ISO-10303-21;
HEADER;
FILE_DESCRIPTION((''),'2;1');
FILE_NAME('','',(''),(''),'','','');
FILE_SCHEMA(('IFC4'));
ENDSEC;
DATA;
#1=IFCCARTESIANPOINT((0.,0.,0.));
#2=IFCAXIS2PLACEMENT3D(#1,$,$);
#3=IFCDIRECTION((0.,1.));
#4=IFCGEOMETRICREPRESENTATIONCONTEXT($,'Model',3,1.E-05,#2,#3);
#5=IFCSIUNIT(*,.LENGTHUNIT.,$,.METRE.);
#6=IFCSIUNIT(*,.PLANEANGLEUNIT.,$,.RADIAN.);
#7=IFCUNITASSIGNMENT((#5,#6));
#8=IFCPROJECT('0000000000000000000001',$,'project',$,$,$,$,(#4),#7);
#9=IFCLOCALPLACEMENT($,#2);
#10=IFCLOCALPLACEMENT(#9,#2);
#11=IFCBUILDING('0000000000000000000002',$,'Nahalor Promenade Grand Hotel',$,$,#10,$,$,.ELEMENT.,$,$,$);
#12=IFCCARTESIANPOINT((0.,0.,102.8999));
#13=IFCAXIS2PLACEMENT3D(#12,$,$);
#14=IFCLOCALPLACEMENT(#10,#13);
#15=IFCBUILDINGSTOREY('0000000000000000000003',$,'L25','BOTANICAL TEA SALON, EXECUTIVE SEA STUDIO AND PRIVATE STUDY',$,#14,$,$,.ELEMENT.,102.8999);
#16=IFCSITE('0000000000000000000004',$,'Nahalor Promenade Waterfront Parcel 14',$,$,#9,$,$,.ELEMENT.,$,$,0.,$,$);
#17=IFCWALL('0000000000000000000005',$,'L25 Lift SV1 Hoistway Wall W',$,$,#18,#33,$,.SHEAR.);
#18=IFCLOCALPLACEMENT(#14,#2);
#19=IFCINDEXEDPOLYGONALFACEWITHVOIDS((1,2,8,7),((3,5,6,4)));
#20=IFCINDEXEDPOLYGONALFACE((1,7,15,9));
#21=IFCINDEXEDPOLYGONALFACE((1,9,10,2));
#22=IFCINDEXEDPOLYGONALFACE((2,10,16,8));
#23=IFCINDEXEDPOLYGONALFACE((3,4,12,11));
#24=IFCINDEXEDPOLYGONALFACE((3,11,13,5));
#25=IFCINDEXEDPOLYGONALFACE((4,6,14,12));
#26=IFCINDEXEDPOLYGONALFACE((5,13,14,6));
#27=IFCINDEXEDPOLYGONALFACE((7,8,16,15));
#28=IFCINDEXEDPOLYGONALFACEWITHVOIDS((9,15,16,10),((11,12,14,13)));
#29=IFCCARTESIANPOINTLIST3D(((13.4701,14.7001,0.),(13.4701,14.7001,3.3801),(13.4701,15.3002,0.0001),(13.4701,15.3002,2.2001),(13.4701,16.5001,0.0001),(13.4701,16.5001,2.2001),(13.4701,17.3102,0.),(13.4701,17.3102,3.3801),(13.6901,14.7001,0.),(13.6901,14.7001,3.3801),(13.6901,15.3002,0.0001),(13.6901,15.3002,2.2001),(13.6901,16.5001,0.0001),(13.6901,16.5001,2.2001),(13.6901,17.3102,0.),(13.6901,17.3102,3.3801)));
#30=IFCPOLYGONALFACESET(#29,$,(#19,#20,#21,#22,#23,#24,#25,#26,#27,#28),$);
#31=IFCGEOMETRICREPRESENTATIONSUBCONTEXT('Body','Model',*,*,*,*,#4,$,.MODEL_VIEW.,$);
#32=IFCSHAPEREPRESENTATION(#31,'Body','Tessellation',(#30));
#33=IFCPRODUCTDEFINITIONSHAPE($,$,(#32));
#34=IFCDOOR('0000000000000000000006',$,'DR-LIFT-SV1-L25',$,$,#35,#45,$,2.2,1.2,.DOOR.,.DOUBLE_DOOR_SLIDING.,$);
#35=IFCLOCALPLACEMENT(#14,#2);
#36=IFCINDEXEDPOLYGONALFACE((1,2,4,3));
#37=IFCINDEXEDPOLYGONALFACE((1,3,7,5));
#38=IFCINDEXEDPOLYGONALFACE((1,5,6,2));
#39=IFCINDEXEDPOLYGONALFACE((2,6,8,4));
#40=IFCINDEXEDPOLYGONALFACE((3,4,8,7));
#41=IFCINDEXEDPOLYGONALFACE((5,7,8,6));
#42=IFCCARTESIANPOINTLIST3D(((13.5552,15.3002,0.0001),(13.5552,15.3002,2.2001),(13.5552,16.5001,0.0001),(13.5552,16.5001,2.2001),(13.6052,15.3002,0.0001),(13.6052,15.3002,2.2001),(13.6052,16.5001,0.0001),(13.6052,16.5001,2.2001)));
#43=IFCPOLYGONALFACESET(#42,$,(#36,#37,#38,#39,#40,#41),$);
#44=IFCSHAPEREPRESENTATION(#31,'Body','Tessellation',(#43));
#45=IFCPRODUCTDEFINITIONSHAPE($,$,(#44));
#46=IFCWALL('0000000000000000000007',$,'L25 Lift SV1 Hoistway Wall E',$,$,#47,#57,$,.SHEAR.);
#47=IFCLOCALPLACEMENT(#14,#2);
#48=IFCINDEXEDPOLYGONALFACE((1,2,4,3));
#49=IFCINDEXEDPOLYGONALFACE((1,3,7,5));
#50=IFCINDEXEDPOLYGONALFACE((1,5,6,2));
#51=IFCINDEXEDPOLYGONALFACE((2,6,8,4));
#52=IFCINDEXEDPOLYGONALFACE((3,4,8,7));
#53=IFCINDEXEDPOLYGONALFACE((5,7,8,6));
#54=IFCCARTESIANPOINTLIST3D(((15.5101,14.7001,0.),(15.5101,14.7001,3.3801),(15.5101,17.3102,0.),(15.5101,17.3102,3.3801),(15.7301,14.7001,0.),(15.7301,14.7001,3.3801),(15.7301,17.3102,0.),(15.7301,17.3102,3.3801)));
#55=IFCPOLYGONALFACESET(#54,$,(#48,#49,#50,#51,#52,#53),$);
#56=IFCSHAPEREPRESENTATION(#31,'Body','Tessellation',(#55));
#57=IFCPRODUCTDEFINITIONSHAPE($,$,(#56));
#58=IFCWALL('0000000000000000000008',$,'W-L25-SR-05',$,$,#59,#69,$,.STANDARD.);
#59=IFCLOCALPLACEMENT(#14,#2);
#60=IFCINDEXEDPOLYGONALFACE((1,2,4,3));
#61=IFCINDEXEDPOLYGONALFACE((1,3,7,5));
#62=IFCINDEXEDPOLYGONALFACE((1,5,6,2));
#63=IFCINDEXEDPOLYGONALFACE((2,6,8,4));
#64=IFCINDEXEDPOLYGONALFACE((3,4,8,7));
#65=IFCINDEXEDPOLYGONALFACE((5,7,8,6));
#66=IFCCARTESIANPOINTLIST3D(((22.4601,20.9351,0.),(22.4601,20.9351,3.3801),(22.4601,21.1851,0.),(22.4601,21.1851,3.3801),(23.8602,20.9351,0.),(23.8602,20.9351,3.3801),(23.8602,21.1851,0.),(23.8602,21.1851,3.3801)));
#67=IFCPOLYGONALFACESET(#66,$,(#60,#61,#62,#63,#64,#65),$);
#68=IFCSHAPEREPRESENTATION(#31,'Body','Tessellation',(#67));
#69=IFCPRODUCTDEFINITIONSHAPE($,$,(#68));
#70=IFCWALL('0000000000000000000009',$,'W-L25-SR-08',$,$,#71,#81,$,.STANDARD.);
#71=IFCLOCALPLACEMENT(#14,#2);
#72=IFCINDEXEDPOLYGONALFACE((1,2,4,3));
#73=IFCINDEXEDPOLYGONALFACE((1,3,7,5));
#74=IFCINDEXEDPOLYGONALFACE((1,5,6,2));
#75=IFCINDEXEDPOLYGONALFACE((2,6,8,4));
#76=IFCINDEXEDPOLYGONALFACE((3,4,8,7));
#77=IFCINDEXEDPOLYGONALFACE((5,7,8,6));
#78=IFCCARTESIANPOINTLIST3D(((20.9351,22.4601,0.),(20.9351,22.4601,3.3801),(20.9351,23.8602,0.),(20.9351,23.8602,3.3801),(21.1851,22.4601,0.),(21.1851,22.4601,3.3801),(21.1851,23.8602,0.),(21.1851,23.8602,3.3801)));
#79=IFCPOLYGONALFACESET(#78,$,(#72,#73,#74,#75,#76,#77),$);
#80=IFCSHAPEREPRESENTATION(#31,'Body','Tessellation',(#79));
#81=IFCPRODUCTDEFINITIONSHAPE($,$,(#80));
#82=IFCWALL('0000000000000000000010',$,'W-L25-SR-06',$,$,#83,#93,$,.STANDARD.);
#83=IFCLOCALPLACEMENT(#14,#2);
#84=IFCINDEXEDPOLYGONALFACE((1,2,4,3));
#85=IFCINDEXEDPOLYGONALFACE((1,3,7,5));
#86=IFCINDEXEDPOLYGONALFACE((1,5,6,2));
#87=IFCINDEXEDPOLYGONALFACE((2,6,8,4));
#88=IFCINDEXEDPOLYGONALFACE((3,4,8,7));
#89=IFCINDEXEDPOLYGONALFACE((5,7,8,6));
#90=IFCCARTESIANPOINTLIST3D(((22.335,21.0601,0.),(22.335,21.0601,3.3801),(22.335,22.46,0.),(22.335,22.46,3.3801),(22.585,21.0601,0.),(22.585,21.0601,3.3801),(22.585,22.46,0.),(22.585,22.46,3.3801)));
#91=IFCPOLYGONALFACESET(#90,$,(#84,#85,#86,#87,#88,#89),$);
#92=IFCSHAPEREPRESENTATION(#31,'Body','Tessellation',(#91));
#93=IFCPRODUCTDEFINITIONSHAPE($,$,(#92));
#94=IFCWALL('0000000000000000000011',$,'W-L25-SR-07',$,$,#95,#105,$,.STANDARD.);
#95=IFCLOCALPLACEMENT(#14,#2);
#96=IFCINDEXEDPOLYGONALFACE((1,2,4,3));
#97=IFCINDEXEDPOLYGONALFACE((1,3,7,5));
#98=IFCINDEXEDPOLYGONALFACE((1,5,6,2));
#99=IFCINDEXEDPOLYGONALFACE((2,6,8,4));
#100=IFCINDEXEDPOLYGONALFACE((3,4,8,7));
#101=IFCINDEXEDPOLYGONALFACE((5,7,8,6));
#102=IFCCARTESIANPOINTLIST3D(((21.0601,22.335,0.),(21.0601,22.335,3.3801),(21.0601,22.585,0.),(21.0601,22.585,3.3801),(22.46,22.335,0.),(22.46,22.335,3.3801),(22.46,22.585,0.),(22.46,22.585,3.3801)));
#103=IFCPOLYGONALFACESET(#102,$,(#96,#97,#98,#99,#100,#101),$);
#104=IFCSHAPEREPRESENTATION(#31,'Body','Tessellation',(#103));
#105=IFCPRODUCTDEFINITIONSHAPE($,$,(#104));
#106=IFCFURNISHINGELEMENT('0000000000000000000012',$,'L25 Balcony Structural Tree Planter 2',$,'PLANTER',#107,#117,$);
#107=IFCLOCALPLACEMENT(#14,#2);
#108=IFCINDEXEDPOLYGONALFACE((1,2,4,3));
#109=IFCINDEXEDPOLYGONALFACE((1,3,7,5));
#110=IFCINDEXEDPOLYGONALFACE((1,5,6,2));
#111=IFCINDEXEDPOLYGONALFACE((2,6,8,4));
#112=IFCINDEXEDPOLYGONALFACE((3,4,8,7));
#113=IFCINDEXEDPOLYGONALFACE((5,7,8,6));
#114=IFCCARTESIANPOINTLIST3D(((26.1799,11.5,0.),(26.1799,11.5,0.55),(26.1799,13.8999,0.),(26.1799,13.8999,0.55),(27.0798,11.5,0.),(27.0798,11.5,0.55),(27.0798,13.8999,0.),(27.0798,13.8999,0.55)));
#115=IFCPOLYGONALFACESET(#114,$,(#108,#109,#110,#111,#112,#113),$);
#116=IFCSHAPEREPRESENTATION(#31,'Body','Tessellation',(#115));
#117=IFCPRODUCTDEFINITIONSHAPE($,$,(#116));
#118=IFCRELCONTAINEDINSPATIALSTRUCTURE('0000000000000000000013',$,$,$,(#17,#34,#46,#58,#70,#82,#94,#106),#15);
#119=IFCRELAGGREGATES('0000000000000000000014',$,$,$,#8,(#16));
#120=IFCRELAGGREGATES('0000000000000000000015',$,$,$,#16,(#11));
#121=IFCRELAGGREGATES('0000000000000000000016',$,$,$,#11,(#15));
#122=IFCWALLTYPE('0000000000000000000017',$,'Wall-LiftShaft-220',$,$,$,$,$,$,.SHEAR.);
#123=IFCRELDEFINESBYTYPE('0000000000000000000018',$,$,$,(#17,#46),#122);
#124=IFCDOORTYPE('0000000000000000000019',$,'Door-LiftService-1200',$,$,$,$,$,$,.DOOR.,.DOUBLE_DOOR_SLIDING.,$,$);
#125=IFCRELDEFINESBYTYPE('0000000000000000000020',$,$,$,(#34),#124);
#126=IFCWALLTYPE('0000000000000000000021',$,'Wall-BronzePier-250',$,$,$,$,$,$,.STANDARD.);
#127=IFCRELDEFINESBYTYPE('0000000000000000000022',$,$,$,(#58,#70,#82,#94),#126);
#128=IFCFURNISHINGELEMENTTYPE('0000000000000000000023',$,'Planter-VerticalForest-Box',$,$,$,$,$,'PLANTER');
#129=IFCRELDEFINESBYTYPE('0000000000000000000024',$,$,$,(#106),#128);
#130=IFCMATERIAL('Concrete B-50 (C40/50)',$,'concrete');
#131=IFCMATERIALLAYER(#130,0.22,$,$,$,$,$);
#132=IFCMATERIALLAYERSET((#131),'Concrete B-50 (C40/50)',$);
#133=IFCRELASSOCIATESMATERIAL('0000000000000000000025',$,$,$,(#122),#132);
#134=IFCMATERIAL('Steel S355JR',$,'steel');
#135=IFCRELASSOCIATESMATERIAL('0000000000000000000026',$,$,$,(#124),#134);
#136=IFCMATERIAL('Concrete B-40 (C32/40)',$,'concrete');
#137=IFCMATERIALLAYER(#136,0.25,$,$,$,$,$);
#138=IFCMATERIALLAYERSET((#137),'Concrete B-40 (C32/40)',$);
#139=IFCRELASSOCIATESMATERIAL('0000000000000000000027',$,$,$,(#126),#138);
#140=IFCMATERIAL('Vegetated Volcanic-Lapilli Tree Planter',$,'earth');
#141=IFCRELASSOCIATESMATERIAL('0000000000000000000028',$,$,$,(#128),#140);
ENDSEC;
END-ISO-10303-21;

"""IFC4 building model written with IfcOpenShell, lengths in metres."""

from ifc_helpers import new_model, si_unit, direction, frame, frame_2d, origin, origin_2d, place, context, subcontext, project, spatial, rectangle, extrude, source, transform, mapped, material, layer, layer_set, type_object, element, fill, save


model = new_model("IFC4")

# Units and contexts
model_context = context("Model", 3, precision=1e-05, world=origin(), true_north=direction((0.0, 1.0)))
body_context = subcontext(model_context, "Body", "Model", "MODEL_VIEW")
ifc_project = project(units=[si_unit("LENGTHUNIT", "METRE"), si_unit("PLANEANGLEUNIT", "RADIAN")], contexts=[model_context])

# Site, building, storey
site_placement = place(None, origin())
site = spatial("IfcSite", under=ifc_project, at=site_placement, Name="Nahalor Promenade Waterfront Parcel 14", CompositionType="ELEMENT", RefElevation=0.0)
building_placement = place(site_placement, origin())
building = spatial("IfcBuilding", under=site, at=building_placement, Name="Nahalor Promenade Grand Hotel", CompositionType="ELEMENT")
storey_placement = place(building_placement, frame((0.0, 0.0, 102.8999)))
storey = spatial("IfcBuildingStorey", under=building, at=storey_placement, Name="L25", Description="BOTANICAL TEA SALON, EXECUTIVE SEA STUDIO AND PRIVATE STUDY", CompositionType="ELEMENT", Elevation=102.8999)

# Shared definitions
ifc_material_1 = material(Name="Steel S355JR", Category="steel")

# Shared definitions
ifc_material_2 = material(Name="Concrete B-50 (C40/50)", Category="concrete")
ifc_layer_1 = layer(ifc_material_2, 0.22)
ifc_layer_set_1 = layer_set([ifc_layer_1], Name="Concrete B-50 (C40/50)")
wall_type_1 = type_object("IfcWallType", Name="Wall-LiftShaft-220", PredefinedType="SHEAR", material=ifc_layer_set_1)

# Wall, opening, door
shared_shape_1 = source(origin(), body_context, "Body", "SweptSolid", [
    extrude(rectangle(XDim=2.6101, YDim=0.22, at=frame_2d((1.3052, 0.0))), origin(), (0.0, 0.0, 1.0), 3.3801),
])
wall_1_placement = place(storey_placement, frame((13.5801, 14.7, 0.0), z_axis=(0.0, 0.0, 1.0), x_axis=(0.0, 1.0, 0.0)))
wall_1 = element("IfcWall", 1, at=wall_1_placement, inside=storey, type_object=wall_type_1, Name="L25 Lift SV1 Hoistway Wall W", PredefinedType="SHEAR", context=body_context, shape_type="MappedRepresentation", body=[
    mapped(shared_shape_1, transform((0.0, 0.0, 0.0), scale=1.0)),
])
opening_placement = place(wall_1_placement, frame((0.6001, 0.0, 0.0)))
opening = element("IfcOpeningElement", 2, at=opening_placement, cuts=wall_1, PredefinedType="OPENING", context=body_context, shape_type="SweptSolid", body=[
    extrude(rectangle(XDim=1.2, YDim=2.2, at=frame_2d((0.6001, 1.1001))), frame((0.0, 0.1199, 0.0), z_axis=(0.0, -1.0, 0.0), x_axis=(1.0, 0.0, 0.0)), (0.0, 0.0, 1.0), 0.24),
])
door_type = type_object("IfcDoorType", Name="Door-LiftService-1200", OperationType="DOUBLE_DOOR_SLIDING", PredefinedType="DOOR", material=ifc_material_1)
shared_shape_2 = source(origin(), body_context, "Body", "SweptSolid", [
    extrude(rectangle(XDim=1.2, YDim=2.2, at=frame_2d((0.6001, 1.1001))), frame((0.0, 0.0249, 0.0), z_axis=(0.0, -1.0, 0.0), x_axis=(1.0, 0.0, 0.0)), (0.0, 0.0, 1.0), 0.05),
])
door_placement = place(opening_placement, origin())
door = element("IfcDoor", 3, at=door_placement, inside=storey, type_object=door_type, Name="DR-LIFT-SV1-L25", OperationType="DOUBLE_DOOR_SLIDING", OverallHeight=2.2, OverallWidth=1.2, PredefinedType="DOOR", context=body_context, shape_type="MappedRepresentation", body=[
    mapped(shared_shape_2, transform((0.0, 0.0, 0.0), scale=1.0)),
])
fill(opening, door)

# Walls
wall_2_placement = place(storey_placement, frame((15.6201, 14.7, 0.0), z_axis=(0.0, 0.0, 1.0), x_axis=(0.0, 1.0, 0.0)))
element("IfcWall", 4, at=wall_2_placement, inside=storey, type_object=wall_type_1, Name="L25 Lift SV1 Hoistway Wall E", PredefinedType="SHEAR", context=body_context, shape_type="MappedRepresentation", body=[
    mapped(shared_shape_1, transform((0.0, 0.0, 0.0), scale=1.0)),
])
ifc_material_3 = material(Name="Concrete B-40 (C32/40)", Category="concrete")
ifc_layer_2 = layer(ifc_material_3, 0.25)
ifc_layer_set_2 = layer_set([ifc_layer_2], Name="Concrete B-40 (C32/40)")
wall_type_2 = type_object("IfcWallType", Name="Wall-BronzePier-250", PredefinedType="STANDARD", material=ifc_layer_set_2)
shared_shape_3 = source(origin(), body_context, "Body", "SweptSolid", [
    extrude(rectangle(XDim=1.4001, YDim=0.25, at=frame_2d((0.7002, 0.0))), origin(), (0.0, 0.0, 1.0), 3.3801),
])
for number, where, z_axis, x_axis, name in (
    (5, (22.46, 21.0601, 0.0), (0.0, 0.0, 1.0), (1.0, 0.0, 0.0), "W-L25-SR-05"),
    (6, (21.0601, 22.46, 0.0), (0.0, 0.0, 1.0), (0.0, 1.0, 0.0), "W-L25-SR-08"),
):
    element("IfcWall", number, at=place(storey_placement, frame(where, z_axis=z_axis, x_axis=x_axis)), inside=storey, type_object=wall_type_2, Name=name, PredefinedType="STANDARD", context=body_context, shape_type="MappedRepresentation", body=[
        mapped(shared_shape_3, transform((0.0, 0.0, 0.0), scale=1.0)),
    ])
shared_shape_4 = source(origin(), body_context, "Body", "SweptSolid", [
    extrude(rectangle(XDim=1.3999, YDim=0.25, at=frame_2d((0.7, 0.0))), origin(), (0.0, 0.0, 1.0), 3.3801),
])
for number, where, z_axis, x_axis, name in (
    (7, (22.46, 21.0601, 0.0), (0.0, 0.0, 1.0), (0.0, 1.0, 0.0), "W-L25-SR-06"),
    (8, (21.0601, 22.46, 0.0), (0.0, 0.0, 1.0), (1.0, 0.0, 0.0), "W-L25-SR-07"),
):
    element("IfcWall", number, at=place(storey_placement, frame(where, z_axis=z_axis, x_axis=x_axis)), inside=storey, type_object=wall_type_2, Name=name, PredefinedType="STANDARD", context=body_context, shape_type="MappedRepresentation", body=[
        mapped(shared_shape_4, transform((0.0, 0.0, 0.0), scale=1.0)),
    ])

# Furnishing element
ifc_material_4 = material(Name="Vegetated Volcanic-Lapilli Tree Planter", Category="earth")
furnishing_element_type = type_object("IfcFurnishingElementType", Name="Planter-VerticalForest-Box", ElementType="PLANTER", material=ifc_material_4)
shared_shape_5 = source(origin(), body_context, "Body", "SweptSolid", [
    extrude(rectangle(XDim=2.3999, YDim=0.8999, at=origin_2d()), origin(), (0.0, 0.0, 1.0), 0.55),
])
furnishing_placement = place(storey_placement, frame((26.6299, 12.7, 0.0), z_axis=(0.0, 0.0, 1.0), x_axis=(0.0, 1.0, 0.0)))
element("IfcFurnishingElement", 9, at=furnishing_placement, inside=storey, type_object=furnishing_element_type, Name="L25 Balcony Structural Tree Planter 2", ObjectType="PLANTER", context=body_context, shape_type="MappedRepresentation", body=[
    mapped(shared_shape_5, transform((0.0, 0.0, 0.0), scale=1.0)),
])

save(model, "model.ifc")
